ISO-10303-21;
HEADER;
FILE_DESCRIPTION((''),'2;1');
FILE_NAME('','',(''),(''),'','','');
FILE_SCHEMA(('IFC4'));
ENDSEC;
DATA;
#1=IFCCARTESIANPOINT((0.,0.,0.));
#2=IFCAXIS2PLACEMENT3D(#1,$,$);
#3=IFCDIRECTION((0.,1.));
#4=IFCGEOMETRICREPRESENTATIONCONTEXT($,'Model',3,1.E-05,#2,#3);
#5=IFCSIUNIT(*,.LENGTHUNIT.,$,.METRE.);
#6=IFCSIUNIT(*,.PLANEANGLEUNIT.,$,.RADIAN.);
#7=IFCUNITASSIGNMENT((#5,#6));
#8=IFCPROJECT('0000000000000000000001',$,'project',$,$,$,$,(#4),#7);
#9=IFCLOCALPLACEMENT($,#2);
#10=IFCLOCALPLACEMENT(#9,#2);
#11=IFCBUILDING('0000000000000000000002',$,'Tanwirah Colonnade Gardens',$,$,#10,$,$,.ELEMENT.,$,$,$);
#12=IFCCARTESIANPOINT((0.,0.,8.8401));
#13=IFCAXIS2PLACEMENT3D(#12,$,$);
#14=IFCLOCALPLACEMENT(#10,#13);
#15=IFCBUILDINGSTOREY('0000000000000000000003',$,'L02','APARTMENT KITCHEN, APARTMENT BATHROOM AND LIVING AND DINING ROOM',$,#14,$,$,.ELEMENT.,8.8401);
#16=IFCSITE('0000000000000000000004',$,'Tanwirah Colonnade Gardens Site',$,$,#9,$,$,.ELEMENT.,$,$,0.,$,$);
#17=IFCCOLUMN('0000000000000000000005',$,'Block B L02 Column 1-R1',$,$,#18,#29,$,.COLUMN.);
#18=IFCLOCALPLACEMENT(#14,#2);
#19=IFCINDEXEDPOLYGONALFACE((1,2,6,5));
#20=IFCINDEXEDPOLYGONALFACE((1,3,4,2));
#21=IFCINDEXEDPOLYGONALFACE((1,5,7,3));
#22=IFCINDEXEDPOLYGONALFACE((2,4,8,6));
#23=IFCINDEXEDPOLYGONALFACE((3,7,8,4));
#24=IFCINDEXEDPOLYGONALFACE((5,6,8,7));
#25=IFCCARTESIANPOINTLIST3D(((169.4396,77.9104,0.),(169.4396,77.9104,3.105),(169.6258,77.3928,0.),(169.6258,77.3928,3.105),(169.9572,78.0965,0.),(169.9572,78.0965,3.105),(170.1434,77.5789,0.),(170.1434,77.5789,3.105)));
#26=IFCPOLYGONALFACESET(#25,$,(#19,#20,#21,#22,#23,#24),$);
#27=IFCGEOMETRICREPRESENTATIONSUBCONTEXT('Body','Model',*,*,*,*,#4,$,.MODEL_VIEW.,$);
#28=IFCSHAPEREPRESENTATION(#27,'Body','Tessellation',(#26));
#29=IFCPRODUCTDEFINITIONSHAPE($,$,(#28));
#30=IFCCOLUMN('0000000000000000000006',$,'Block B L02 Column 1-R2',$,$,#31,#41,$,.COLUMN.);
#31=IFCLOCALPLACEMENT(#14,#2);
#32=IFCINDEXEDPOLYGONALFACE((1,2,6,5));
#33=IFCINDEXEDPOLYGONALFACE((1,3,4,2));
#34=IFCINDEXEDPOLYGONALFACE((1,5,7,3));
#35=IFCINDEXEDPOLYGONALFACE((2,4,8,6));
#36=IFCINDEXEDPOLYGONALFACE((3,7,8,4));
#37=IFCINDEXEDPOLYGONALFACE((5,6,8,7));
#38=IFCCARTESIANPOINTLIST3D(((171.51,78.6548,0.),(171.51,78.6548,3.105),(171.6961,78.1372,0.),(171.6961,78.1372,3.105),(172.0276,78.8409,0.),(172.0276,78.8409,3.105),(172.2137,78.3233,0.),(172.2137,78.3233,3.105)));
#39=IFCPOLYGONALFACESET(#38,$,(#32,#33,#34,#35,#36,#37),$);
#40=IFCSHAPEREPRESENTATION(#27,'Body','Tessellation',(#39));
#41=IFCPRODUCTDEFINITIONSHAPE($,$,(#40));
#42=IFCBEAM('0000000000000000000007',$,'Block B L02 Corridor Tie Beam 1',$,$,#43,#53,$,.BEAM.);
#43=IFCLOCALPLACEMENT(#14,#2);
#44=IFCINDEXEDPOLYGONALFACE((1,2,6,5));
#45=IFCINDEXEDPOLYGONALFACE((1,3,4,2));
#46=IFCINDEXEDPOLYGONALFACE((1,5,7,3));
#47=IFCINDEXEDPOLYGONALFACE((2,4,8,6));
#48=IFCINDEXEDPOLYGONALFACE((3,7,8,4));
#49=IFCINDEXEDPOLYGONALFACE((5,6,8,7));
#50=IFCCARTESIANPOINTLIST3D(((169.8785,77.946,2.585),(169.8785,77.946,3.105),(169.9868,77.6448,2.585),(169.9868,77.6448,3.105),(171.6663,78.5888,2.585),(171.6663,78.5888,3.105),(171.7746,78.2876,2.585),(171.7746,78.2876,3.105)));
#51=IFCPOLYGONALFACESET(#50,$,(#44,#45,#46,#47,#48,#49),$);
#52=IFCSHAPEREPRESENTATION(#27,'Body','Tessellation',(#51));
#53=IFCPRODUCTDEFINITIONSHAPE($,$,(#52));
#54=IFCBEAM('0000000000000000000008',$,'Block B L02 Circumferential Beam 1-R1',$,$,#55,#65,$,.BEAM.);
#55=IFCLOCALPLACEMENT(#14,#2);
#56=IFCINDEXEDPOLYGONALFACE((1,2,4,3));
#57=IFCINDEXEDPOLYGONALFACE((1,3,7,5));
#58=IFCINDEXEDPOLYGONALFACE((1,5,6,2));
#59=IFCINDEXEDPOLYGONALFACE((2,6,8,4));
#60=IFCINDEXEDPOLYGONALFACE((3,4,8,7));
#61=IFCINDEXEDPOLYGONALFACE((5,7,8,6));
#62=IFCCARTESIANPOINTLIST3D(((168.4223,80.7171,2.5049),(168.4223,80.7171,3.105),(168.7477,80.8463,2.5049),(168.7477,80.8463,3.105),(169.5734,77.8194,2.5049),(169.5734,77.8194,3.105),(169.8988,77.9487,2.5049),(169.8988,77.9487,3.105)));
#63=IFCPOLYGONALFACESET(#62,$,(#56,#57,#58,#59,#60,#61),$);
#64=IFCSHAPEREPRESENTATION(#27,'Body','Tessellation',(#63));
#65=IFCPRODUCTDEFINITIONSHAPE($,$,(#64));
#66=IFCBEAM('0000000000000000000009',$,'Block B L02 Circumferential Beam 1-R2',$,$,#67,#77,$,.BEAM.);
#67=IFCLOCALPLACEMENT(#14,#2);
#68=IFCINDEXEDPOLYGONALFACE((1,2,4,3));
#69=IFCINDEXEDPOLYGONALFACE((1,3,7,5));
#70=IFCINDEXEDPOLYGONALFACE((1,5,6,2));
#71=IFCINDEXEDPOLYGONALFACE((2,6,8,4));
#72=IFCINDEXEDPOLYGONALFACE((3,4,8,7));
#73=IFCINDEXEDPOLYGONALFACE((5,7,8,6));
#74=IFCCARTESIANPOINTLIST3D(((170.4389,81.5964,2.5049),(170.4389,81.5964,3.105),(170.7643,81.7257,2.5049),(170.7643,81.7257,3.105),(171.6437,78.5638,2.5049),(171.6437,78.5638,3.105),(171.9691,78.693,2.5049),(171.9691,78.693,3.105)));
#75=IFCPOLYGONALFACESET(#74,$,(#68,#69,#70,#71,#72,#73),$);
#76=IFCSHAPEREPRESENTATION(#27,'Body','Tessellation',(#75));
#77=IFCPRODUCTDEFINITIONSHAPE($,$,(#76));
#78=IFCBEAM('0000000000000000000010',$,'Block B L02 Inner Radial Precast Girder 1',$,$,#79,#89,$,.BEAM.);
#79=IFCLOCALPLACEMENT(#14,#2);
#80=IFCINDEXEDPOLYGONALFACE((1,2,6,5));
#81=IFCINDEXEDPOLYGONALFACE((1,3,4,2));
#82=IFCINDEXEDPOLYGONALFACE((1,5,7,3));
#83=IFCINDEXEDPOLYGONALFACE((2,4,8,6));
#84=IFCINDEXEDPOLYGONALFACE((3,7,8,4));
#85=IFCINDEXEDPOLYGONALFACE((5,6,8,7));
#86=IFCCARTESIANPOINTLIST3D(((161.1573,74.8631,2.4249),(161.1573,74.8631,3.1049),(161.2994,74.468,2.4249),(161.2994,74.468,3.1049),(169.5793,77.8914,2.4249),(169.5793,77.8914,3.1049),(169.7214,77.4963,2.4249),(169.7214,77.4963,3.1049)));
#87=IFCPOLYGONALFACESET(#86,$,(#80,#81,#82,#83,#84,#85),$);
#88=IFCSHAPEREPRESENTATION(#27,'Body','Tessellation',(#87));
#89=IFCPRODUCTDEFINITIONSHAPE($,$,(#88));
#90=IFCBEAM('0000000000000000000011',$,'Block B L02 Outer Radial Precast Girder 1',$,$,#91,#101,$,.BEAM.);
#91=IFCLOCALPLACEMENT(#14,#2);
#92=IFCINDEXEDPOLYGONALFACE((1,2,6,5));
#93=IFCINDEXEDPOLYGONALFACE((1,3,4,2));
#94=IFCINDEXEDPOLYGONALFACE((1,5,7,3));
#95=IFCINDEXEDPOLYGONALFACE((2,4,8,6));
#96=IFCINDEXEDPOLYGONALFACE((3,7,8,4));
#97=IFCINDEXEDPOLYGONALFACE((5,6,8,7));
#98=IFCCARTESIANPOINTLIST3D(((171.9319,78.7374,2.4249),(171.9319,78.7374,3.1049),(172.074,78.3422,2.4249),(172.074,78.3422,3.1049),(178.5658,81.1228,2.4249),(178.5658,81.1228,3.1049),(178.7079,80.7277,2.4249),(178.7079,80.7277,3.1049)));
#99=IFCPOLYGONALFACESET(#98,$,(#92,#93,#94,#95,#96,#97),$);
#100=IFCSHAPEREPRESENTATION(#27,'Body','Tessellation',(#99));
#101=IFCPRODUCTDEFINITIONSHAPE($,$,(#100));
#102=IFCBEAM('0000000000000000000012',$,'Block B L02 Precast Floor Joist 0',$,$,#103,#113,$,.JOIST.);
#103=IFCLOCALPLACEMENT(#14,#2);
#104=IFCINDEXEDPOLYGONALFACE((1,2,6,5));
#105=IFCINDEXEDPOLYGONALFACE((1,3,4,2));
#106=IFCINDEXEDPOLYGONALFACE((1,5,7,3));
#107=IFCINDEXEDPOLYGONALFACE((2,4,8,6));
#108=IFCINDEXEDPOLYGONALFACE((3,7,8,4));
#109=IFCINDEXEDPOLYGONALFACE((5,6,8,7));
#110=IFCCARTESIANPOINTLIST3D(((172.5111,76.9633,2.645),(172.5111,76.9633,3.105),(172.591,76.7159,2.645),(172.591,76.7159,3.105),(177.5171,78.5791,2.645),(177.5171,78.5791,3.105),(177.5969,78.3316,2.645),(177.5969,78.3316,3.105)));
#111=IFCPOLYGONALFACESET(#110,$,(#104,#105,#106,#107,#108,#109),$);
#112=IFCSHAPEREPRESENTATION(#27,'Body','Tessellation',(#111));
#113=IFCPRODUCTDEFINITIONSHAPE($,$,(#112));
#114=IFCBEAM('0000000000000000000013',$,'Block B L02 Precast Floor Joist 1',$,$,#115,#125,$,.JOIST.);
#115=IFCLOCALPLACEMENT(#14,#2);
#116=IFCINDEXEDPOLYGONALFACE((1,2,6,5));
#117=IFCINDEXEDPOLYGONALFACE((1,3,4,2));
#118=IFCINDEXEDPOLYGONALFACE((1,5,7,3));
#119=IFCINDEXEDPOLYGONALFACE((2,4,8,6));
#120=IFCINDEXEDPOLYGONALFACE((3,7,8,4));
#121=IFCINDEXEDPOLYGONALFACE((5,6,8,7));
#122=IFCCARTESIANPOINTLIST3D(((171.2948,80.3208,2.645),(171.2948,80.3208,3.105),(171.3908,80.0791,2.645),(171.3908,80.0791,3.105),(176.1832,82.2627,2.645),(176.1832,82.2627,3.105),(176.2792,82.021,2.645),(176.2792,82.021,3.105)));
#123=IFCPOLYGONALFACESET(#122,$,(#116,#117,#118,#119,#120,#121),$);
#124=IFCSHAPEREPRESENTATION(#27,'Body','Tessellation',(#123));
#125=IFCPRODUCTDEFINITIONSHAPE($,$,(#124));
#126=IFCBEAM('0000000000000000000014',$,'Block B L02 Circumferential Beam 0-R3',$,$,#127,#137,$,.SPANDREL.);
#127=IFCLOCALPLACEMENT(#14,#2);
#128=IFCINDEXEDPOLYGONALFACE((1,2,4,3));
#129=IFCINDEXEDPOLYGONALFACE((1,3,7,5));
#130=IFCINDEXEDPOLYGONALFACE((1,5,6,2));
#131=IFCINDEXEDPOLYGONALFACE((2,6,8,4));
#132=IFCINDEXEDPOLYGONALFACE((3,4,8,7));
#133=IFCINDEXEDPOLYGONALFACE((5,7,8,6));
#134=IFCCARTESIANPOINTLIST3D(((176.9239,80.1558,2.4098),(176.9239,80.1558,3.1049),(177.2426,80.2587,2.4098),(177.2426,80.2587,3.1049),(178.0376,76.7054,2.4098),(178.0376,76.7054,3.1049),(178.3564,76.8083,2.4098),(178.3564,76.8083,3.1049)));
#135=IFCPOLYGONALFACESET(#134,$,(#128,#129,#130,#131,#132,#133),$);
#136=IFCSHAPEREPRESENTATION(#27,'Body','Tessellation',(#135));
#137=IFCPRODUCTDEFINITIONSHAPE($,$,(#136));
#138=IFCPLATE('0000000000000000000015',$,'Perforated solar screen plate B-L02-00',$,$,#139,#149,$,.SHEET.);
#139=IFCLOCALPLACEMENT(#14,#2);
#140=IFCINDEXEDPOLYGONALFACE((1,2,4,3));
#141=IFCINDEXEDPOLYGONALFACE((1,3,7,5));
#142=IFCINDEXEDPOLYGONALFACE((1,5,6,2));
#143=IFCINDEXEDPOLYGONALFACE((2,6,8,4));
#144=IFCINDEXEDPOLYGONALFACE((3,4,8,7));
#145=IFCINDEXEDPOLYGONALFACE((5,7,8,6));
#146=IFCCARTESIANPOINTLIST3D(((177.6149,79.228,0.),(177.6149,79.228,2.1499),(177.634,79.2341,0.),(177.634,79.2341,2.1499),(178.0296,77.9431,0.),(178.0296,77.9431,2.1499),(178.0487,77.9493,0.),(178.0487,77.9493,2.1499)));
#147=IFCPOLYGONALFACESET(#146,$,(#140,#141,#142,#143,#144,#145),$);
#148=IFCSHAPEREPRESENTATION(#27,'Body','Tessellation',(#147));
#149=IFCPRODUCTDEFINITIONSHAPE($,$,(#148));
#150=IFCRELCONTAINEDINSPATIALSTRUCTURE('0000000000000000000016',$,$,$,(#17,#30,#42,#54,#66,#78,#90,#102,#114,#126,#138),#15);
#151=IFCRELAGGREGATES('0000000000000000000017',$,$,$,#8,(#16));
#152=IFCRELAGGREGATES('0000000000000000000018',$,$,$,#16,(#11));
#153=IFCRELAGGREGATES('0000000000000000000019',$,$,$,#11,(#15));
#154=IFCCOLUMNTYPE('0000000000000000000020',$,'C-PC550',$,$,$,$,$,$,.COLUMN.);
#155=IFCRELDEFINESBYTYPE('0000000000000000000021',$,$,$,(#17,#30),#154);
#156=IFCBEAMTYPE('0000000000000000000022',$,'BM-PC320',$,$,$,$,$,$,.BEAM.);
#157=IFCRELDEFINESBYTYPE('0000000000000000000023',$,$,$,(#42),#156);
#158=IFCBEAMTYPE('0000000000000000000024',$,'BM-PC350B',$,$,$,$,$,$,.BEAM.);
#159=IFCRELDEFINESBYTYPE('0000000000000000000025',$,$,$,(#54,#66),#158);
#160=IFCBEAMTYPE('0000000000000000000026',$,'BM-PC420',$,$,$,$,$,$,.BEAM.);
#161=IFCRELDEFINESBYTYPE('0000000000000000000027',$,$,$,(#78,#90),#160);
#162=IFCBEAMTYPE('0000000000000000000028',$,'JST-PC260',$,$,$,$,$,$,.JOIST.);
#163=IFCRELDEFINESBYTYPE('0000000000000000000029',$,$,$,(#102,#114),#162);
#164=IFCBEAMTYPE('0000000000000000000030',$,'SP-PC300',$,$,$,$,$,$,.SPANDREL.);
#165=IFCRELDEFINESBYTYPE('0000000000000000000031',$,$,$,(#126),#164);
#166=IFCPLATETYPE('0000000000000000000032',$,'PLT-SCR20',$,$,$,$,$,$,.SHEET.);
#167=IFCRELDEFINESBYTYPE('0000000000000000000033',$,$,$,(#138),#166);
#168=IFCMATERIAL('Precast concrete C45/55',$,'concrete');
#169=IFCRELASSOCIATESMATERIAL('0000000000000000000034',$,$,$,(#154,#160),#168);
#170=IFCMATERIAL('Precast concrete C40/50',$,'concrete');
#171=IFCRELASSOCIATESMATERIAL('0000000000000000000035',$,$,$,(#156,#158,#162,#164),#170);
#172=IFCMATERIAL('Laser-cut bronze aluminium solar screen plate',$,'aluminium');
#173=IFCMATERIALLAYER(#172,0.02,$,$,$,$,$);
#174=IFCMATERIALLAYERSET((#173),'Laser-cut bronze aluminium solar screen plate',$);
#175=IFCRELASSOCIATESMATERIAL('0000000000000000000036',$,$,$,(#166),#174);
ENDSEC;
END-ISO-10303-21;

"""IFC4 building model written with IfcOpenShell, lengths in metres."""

from ifc_helpers import new_model, si_unit, direction, frame, origin, origin_2d, place, context, subcontext, project, spatial, rectangle, extrude, material, layer, layer_set, material_profile, profile_set, type_object, element, save


model = new_model("IFC4")

# Units and contexts
model_context = context("Model", 3, precision=1e-05, world=origin(), true_north=direction((0.0, 1.0)))
body_context = subcontext(model_context, "Body", "Model", "MODEL_VIEW")
ifc_project = project(units=[si_unit("LENGTHUNIT", "METRE"), si_unit("PLANEANGLEUNIT", "RADIAN")], contexts=[model_context])

# Site, building, storey
site_placement = place(None, origin())
site = spatial("IfcSite", under=ifc_project, at=site_placement, Name="Tanwirah Colonnade Gardens Site", CompositionType="ELEMENT", RefElevation=0.0)
building_placement = place(site_placement, origin())
building = spatial("IfcBuilding", under=site, at=building_placement, Name="Tanwirah Colonnade Gardens", CompositionType="ELEMENT")
storey_placement = place(building_placement, frame((0.0, 0.0, 8.8401)))
storey = spatial("IfcBuildingStorey", under=building, at=storey_placement, Name="L02", Description="APARTMENT KITCHEN, APARTMENT BATHROOM AND LIVING AND DINING ROOM", CompositionType="ELEMENT", Elevation=8.8401)

# Columns
ifc_material_1 = material(Name="Precast concrete C45/55", Category="concrete")
ifc_material_profile_1 = material_profile(ifc_material_1, rectangle(XDim=0.55, YDim=0.55, at=origin_2d()), Name="PC-COL 550x550")
ifc_profile_set_1 = profile_set([ifc_material_profile_1], Name="Precast concrete C45/55")
column_type = type_object("IfcColumnType", Name="C-PC550", PredefinedType="COLUMN", material=ifc_profile_set_1)
for number, where, z_axis, x_axis, name in (
    (1, (169.7915, 77.7446, 0.0), (0.0, 0.0, 1.0), (0.941012, 0.338373, 0.0), "Block B L02 Column 1-R1"),
    (2, (171.8618, 78.489, 0.0), (0.0, 0.0, 1.0), (0.941012, 0.338373, 0.0), "Block B L02 Column 1-R2"),
):
    element("IfcColumn", number, at=place(storey_placement, frame(where, z_axis=z_axis, x_axis=x_axis)), inside=storey, type_object=column_type, Name=name, PredefinedType="COLUMN", context=body_context, shape_type="SweptSolid", body=[
        extrude(rectangle(XDim=0.55, YDim=0.55, at=origin_2d()), origin(), (0.0, 0.0, 1.0), 3.105),
    ])

# Beams
ifc_material_2 = material(Name="Precast concrete C40/50", Category="concrete")
ifc_material_profile_2 = material_profile(ifc_material_2, rectangle(XDim=0.3201, YDim=0.52, at=origin_2d()), Name="PC-BM 320x520")
ifc_profile_set_2 = profile_set([ifc_material_profile_2], Name="Precast concrete C40/50")
beam_type_1 = type_object("IfcBeamType", Name="BM-PC320", PredefinedType="BEAM", material=ifc_profile_set_2)
beam_1_placement = place(storey_placement, frame((169.9326, 77.7954, 2.845), z_axis=(0.941022, 0.338346, 0.0), x_axis=(-0.338346, 0.941022, 0.0)))
element("IfcBeam", 3, at=beam_1_placement, inside=storey, type_object=beam_type_1, Name="Block B L02 Corridor Tie Beam 1", PredefinedType="BEAM", context=body_context, shape_type="SweptSolid", body=[
    extrude(rectangle(XDim=0.3201, YDim=0.52, at=origin_2d()), origin(), (0.0, 0.0, 1.0), 1.8999),
])
ifc_material_profile_3 = material_profile(ifc_material_2, rectangle(XDim=0.3501, YDim=0.6001, at=origin_2d()), Name="PC-BM 350x600")
ifc_profile_set_3 = profile_set([ifc_material_profile_3], Name="Precast concrete C40/50")
beam_type_2 = type_object("IfcBeamType", Name="BM-PC350B", PredefinedType="BEAM", material=ifc_profile_set_3)
beam_2_placement = place(storey_placement, frame((169.7361, 77.884, 2.8049), z_axis=(-0.369189, 0.929354, 0.0), x_axis=(-0.929354, -0.369189, 0.0)))
element("IfcBeam", 4, at=beam_2_placement, inside=storey, type_object=beam_type_2, Name="Block B L02 Circumferential Beam 1-R1", PredefinedType="BEAM", context=body_context, shape_type="SweptSolid", body=[
    extrude(rectangle(XDim=0.3501, YDim=0.6001, at=origin_2d()), origin(), (0.0, 0.0, 1.0), 3.1179),
])
beam_3_placement = place(storey_placement, frame((171.8064, 78.6284, 2.8049), z_axis=(-0.36921, 0.929346, 0.0), x_axis=(-0.929346, -0.36921, 0.0)))
element("IfcBeam", 5, at=beam_3_placement, inside=storey, type_object=beam_type_2, Name="Block B L02 Circumferential Beam 1-R2", PredefinedType="BEAM", context=body_context, shape_type="SweptSolid", body=[
    extrude(rectangle(XDim=0.3501, YDim=0.6001, at=origin_2d()), origin(), (0.0, 0.0, 1.0), 3.2632),
])
ifc_material_profile_4 = material_profile(ifc_material_1, rectangle(XDim=0.4199, YDim=0.6799, at=origin_2d()), Name="PC-BM 420x680")
ifc_profile_set_4 = profile_set([ifc_material_profile_4], Name="Precast concrete C45/55")
beam_type_3 = type_object("IfcBeamType", Name="BM-PC420", PredefinedType="BEAM", material=ifc_profile_set_4)
beam_4_placement = place(storey_placement, frame((169.6504, 77.6938, 2.7649), z_axis=(-0.941017, -0.338359, 0.0), x_axis=(0.338359, -0.941017, 0.0)))
element("IfcBeam", 6, at=beam_4_placement, inside=storey, type_object=beam_type_3, Name="Block B L02 Inner Radial Precast Girder 1", PredefinedType="BEAM", context=body_context, shape_type="SweptSolid", body=[
    extrude(rectangle(XDim=0.4199, YDim=0.6799, at=origin_2d()), origin(), (0.0, 0.0, 1.0), 8.95),
])
beam_5_placement = place(storey_placement, frame((172.0029, 78.5398, 2.7649), z_axis=(0.941012, 0.338374, 0.0), x_axis=(-0.338374, 0.941012, 0.0)))
element("IfcBeam", 7, at=beam_5_placement, inside=storey, type_object=beam_type_3, Name="Block B L02 Outer Radial Precast Girder 1", PredefinedType="BEAM", context=body_context, shape_type="SweptSolid", body=[
    extrude(rectangle(XDim=0.4199, YDim=0.6799, at=origin_2d()), origin(), (0.0, 0.0, 1.0), 7.0498),
])
ifc_material_profile_5 = material_profile(ifc_material_2, rectangle(XDim=0.26, YDim=0.46, at=origin_2d()), Name="PC-JST 260x460")
ifc_profile_set_5 = profile_set([ifc_material_profile_5], Name="Precast concrete C40/50")
beam_type_4 = type_object("IfcBeamType", Name="JST-PC260", PredefinedType="JOIST", material=ifc_profile_set_5)
beam_6_placement = place(storey_placement, frame((172.551, 76.8396, 2.875), z_axis=(0.951657, 0.307163, 0.0), x_axis=(-0.307163, 0.951657, 0.0)))
element("IfcBeam", 8, at=beam_6_placement, inside=storey, type_object=beam_type_4, Name="Block B L02 Precast Floor Joist 0", PredefinedType="JOIST", context=body_context, shape_type="SweptSolid", body=[
    extrude(rectangle(XDim=0.26, YDim=0.46, at=origin_2d()), origin(), (0.0, 0.0, 1.0), 5.2603),
])
beam_7_placement = place(storey_placement, frame((171.3428, 80.2, 2.875), z_axis=(0.929358, 0.369181, 0.0), x_axis=(-0.369181, 0.929358, 0.0)))
element("IfcBeam", 9, at=beam_7_placement, inside=storey, type_object=beam_type_4, Name="Block B L02 Precast Floor Joist 1", PredefinedType="JOIST", context=body_context, shape_type="SweptSolid", body=[
    extrude(rectangle(XDim=0.26, YDim=0.46, at=origin_2d()), origin(), (0.0, 0.0, 1.0), 5.26),
])
ifc_material_profile_6 = material_profile(ifc_material_2, rectangle(XDim=0.335, YDim=0.6951, at=origin_2d()), Name="PC-SP 335x695")
ifc_profile_set_6 = profile_set([ifc_material_profile_6], Name="Precast concrete C40/50")
beam_type_5 = type_object("IfcBeamType", Name="SP-PC300", PredefinedType="SPANDREL", material=ifc_profile_set_6)
beam_8_placement = place(storey_placement, frame((178.197, 76.7568, 2.7573), z_axis=(-0.307184, 0.95165, 0.0), x_axis=(-0.95165, -0.307184, 0.0)))
element("IfcBeam", 10, at=beam_8_placement, inside=storey, type_object=beam_type_5, Name="Block B L02 Circumferential Beam 0-R3", PredefinedType="SPANDREL", context=body_context, shape_type="SweptSolid", body=[
    extrude(rectangle(XDim=0.335, YDim=0.6951, at=origin_2d()), origin(), (0.0, 0.0, 1.0), 3.6257),
])

# Plate
ifc_material_3 = material(Name="Laser-cut bronze aluminium solar screen plate", Category="aluminium")
ifc_layer_1 = layer(ifc_material_3, 0.02)
ifc_layer_set_1 = layer_set([ifc_layer_1], Name="Laser-cut bronze aluminium solar screen plate")
plate_type = type_object("IfcPlateType", Name="PLT-SCR20", PredefinedType="SHEET", material=ifc_layer_set_1)
plate_placement = place(storey_placement, frame((177.8318, 78.5886, 0.0), z_axis=(0.0, 0.0, 1.0), x_axis=(-0.307172, 0.951654, 0.0)))
element("IfcPlate", 11, at=plate_placement, inside=storey, type_object=plate_type, Name="Perforated solar screen plate B-L02-00", PredefinedType="SHEET", context=body_context, shape_type="SweptSolid", body=[
    extrude(rectangle(XDim=1.3501, YDim=0.02, at=origin_2d()), origin(), (0.0, 0.0, 1.0), 2.1499),
])

save(model, "model.ifc")
